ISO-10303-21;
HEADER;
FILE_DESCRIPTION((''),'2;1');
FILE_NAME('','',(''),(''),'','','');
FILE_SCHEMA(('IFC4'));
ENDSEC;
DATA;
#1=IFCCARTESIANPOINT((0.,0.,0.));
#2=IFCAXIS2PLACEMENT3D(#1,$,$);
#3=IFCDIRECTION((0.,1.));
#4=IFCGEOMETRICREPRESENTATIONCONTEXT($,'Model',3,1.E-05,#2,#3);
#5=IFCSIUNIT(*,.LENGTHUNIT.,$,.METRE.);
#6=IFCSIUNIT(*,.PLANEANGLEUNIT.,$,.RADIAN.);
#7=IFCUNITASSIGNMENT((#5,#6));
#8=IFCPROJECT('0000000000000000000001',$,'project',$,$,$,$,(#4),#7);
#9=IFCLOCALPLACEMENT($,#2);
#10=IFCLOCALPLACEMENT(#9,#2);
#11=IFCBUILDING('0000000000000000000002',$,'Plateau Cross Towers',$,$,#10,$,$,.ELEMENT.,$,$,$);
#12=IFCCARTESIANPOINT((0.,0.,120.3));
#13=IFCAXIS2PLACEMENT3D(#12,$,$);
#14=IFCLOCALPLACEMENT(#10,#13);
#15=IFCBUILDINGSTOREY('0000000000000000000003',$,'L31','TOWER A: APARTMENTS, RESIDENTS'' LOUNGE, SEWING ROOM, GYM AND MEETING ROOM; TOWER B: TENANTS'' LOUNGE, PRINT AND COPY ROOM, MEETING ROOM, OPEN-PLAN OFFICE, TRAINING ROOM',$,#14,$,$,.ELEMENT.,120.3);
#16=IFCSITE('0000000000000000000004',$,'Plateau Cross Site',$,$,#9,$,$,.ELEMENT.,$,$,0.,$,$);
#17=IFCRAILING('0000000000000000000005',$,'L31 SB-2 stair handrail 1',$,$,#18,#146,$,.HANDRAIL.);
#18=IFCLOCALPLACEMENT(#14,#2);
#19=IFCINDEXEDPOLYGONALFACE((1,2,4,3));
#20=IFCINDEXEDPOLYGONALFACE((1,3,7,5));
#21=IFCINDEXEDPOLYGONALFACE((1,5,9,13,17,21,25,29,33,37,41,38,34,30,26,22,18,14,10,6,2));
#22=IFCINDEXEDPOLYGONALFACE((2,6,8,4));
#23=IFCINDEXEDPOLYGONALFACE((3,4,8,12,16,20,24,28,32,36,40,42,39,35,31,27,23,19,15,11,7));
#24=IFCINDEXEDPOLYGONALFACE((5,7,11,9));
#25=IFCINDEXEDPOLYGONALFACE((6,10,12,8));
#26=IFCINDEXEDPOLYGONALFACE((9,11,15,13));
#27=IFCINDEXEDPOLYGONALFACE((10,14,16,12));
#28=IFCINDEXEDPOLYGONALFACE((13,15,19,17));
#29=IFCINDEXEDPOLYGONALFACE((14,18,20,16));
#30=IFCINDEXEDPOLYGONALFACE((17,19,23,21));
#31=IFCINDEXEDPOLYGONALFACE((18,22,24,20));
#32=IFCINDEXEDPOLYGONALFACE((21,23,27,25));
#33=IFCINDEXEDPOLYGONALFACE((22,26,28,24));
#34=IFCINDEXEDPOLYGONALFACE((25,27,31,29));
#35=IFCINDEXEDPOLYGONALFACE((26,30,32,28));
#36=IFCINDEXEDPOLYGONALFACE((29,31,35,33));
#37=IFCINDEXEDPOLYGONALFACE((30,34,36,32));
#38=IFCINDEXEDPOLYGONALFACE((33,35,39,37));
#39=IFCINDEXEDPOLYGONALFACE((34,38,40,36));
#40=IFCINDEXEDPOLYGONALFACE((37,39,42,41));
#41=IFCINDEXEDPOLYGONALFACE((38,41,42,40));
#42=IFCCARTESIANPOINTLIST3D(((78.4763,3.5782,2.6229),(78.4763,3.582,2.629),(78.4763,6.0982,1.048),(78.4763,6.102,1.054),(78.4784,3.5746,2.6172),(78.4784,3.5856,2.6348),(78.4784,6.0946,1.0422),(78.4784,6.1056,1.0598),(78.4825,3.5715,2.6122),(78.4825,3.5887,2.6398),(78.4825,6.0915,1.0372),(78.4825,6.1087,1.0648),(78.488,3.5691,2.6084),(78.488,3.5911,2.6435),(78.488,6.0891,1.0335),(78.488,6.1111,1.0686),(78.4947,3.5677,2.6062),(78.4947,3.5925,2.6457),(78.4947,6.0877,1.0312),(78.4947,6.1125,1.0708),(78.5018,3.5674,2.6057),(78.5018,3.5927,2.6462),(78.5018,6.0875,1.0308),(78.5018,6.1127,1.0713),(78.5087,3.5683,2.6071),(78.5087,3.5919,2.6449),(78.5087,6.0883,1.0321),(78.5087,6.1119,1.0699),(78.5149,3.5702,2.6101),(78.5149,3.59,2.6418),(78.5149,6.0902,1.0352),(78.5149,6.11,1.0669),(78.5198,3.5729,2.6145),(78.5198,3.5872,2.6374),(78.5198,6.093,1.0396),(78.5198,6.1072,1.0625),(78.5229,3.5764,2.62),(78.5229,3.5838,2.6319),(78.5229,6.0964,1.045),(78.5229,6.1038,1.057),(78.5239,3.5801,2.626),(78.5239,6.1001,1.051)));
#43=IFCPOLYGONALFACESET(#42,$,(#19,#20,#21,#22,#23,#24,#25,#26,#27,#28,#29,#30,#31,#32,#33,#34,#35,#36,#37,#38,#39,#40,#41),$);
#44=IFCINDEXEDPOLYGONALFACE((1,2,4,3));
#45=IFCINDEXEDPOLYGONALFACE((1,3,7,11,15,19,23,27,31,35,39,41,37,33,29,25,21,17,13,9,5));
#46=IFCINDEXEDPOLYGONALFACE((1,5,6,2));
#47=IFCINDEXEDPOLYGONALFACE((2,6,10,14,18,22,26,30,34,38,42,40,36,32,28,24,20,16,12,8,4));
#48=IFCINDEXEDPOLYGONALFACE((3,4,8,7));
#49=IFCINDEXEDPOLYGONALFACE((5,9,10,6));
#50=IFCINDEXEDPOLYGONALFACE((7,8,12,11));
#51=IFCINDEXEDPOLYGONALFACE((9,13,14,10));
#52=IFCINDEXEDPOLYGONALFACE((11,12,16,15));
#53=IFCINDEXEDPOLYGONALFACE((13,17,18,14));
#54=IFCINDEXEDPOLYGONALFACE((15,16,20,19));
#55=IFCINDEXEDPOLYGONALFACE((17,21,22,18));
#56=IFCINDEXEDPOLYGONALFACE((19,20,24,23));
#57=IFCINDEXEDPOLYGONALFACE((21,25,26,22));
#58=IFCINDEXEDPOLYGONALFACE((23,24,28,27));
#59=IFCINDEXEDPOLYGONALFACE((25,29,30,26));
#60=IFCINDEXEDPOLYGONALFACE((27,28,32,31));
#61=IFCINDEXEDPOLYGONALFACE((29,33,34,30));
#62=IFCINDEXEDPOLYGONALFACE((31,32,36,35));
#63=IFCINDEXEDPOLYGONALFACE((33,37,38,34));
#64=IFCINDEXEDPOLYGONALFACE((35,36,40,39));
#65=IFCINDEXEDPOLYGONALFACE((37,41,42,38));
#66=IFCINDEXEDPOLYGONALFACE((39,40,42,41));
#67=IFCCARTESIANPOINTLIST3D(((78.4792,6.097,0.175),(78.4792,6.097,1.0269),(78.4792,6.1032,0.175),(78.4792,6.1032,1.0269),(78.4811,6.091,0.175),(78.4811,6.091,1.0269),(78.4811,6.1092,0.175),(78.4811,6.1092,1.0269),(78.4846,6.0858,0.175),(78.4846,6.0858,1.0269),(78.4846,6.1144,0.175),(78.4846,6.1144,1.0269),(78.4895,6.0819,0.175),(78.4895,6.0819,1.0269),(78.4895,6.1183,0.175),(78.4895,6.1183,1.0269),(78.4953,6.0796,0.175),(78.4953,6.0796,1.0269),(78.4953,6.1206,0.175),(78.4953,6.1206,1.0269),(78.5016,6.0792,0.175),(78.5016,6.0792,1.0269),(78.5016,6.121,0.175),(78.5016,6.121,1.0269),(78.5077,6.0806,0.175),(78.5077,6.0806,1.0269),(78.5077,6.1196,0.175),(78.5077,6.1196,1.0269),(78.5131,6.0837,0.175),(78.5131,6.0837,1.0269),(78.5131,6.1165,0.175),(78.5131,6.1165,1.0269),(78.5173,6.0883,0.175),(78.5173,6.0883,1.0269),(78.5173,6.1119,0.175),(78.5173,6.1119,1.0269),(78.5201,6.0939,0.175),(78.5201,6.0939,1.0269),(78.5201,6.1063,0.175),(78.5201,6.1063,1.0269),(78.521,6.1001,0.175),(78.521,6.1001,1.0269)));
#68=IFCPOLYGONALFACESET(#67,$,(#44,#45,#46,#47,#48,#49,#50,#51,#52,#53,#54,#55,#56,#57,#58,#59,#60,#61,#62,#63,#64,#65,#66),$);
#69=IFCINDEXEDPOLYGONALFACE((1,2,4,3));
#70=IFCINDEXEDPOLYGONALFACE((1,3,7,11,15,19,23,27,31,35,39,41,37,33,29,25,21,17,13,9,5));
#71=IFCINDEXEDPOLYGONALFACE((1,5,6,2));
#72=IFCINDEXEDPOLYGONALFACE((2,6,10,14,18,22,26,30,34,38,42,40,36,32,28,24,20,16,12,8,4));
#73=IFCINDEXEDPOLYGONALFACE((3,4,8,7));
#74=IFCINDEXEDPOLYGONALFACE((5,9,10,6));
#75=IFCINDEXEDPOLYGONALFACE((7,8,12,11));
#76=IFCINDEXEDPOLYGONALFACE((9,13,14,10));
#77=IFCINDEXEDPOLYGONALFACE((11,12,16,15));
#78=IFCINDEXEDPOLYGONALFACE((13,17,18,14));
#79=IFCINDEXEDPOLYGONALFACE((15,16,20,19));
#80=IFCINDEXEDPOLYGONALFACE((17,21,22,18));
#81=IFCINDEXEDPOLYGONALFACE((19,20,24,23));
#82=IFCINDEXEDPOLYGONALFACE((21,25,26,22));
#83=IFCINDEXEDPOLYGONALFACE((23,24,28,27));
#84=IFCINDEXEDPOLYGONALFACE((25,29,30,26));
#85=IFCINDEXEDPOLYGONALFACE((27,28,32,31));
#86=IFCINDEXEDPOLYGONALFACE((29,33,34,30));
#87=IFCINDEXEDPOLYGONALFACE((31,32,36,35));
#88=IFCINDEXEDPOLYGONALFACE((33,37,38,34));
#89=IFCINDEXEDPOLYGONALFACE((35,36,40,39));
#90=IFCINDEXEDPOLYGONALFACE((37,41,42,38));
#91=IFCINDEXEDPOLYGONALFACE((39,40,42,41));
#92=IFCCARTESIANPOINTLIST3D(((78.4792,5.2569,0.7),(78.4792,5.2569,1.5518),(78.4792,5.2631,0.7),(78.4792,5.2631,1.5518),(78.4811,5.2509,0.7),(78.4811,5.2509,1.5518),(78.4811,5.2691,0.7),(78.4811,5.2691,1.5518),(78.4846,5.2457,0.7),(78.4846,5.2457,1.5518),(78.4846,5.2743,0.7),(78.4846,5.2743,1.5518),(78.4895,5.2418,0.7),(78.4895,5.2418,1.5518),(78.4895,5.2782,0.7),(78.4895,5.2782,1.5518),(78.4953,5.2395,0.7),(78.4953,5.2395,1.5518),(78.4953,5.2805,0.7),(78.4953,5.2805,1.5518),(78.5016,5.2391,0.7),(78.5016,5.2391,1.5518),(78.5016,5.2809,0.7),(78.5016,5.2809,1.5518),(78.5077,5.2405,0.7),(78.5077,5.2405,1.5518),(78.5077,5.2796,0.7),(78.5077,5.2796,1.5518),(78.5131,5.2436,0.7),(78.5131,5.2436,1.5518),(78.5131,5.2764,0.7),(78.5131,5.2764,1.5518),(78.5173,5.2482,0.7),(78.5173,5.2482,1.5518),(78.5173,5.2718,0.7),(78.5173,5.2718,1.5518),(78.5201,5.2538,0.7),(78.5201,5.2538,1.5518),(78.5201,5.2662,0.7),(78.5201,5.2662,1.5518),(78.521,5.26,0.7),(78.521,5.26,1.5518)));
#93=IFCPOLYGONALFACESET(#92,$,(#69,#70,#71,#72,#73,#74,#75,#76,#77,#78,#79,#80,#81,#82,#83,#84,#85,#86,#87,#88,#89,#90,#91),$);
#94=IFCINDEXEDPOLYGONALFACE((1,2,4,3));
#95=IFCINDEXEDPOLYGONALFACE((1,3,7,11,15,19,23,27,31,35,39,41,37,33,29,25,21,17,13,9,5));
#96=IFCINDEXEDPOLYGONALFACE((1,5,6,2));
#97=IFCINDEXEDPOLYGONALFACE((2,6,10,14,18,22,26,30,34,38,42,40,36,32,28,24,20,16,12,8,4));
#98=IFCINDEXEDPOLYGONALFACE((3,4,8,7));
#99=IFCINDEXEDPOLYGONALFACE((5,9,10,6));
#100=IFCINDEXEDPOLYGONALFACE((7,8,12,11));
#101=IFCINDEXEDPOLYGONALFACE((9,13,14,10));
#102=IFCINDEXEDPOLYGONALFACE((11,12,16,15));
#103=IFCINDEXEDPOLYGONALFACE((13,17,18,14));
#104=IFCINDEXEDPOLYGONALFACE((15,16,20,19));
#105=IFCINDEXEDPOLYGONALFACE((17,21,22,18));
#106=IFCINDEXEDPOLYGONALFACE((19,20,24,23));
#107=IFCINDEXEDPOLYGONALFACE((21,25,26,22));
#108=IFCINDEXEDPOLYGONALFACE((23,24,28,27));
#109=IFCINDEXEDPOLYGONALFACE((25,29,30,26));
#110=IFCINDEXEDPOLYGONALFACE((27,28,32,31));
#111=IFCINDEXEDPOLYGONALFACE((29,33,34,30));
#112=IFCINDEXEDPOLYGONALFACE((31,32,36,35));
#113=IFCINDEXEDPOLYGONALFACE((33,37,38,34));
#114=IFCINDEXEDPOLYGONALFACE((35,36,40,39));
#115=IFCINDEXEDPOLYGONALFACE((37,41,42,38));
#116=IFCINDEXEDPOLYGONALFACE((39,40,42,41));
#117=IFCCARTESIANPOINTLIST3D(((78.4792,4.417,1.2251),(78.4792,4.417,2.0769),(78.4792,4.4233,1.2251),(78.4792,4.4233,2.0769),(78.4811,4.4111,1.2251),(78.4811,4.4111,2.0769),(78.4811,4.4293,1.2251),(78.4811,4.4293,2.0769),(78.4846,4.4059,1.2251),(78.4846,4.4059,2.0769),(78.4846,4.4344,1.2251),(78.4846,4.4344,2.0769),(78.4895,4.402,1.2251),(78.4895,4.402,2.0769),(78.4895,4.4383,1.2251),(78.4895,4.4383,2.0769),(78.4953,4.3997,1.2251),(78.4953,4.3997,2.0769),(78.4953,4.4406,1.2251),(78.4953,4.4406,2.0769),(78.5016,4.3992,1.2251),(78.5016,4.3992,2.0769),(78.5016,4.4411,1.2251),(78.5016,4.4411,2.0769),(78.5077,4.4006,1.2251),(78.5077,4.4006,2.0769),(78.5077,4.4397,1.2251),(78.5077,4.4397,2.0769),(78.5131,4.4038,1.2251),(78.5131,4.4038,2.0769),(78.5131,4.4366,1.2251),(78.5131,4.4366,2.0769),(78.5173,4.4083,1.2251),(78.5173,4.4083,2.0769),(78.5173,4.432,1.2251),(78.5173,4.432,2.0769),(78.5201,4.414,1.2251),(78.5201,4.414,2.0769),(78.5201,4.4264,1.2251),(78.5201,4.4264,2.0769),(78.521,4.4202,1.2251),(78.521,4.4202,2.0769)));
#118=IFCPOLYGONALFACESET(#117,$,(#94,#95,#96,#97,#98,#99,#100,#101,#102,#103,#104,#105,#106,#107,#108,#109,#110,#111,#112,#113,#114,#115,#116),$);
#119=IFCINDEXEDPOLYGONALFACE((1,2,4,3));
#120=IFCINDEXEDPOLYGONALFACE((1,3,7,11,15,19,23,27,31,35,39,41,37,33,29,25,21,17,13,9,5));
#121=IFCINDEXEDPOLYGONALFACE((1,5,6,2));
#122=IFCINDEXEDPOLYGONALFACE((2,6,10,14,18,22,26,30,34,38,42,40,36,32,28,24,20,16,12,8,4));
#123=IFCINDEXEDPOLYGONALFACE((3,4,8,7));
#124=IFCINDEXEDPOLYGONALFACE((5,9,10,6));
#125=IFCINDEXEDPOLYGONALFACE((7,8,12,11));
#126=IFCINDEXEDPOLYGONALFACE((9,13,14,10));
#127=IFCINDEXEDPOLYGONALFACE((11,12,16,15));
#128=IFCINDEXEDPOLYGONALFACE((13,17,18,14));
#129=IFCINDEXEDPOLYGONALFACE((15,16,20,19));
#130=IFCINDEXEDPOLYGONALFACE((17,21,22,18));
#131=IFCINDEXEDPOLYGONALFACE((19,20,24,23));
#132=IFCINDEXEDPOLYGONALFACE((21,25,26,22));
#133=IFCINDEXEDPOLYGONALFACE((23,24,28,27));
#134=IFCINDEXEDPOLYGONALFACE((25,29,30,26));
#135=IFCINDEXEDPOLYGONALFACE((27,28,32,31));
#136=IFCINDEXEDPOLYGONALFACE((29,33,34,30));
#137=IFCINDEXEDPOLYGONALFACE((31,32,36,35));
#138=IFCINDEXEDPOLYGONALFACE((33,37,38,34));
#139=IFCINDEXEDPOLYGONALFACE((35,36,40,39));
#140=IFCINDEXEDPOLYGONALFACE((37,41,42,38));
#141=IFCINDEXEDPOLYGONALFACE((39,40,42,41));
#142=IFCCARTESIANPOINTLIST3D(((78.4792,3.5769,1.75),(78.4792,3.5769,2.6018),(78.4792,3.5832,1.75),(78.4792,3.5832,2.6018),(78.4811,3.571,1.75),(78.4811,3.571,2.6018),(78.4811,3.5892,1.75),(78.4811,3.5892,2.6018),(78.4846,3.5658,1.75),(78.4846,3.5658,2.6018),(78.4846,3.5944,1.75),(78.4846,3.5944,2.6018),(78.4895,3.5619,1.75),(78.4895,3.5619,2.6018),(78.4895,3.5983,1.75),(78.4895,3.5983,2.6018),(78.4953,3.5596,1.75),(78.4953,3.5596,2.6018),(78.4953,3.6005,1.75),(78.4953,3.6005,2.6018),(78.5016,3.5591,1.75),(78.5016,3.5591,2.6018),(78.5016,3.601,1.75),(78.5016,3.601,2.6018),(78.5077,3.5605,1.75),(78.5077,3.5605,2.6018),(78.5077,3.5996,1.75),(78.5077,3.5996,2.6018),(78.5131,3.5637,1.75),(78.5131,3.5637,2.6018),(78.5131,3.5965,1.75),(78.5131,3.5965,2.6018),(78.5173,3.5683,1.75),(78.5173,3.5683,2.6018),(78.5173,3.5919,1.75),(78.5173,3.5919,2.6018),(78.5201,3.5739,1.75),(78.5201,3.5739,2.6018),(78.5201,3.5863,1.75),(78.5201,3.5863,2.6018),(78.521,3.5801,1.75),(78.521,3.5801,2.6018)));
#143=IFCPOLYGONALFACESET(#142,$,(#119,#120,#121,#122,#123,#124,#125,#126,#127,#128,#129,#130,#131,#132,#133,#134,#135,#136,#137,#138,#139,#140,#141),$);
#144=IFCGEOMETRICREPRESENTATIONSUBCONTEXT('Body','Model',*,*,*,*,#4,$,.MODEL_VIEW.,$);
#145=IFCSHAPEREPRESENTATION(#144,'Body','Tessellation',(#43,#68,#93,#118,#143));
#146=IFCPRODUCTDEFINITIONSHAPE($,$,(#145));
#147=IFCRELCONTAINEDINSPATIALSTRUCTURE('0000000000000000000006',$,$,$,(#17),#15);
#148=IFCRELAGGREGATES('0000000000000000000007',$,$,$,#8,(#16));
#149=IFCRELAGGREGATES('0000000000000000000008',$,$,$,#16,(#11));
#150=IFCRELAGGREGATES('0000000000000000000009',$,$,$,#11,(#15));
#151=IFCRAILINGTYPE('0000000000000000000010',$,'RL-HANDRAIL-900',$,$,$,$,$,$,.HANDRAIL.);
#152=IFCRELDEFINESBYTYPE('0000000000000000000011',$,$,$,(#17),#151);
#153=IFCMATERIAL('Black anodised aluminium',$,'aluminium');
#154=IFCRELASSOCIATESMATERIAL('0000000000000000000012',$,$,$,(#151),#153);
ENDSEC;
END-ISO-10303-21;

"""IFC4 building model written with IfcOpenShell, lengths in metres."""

from ifc_helpers import new_model, si_unit, direction, frame, origin, origin_2d, place, context, subcontext, project, spatial, circle, extrude, material, type_object, element, save


model = new_model("IFC4")

# Units and contexts
model_context = context("Model", 3, precision=1e-05, world=origin(), true_north=direction((0.0, 1.0)))
body_context = subcontext(model_context, "Body", "Model", "MODEL_VIEW")
ifc_project = project(units=[si_unit("LENGTHUNIT", "METRE"), si_unit("PLANEANGLEUNIT", "RADIAN")], contexts=[model_context])

# Site, building, storey
site_placement = place(None, origin())
site = spatial("IfcSite", under=ifc_project, at=site_placement, Name="Plateau Cross Site", CompositionType="ELEMENT", RefElevation=0.0)
building_placement = place(site_placement, origin())
building = spatial("IfcBuilding", under=site, at=building_placement, Name="Plateau Cross Towers", CompositionType="ELEMENT")
storey_placement = place(building_placement, frame((0.0, 0.0, 120.3)))
storey = spatial("IfcBuildingStorey", under=building, at=storey_placement, Name="L31", Description="TOWER A: APARTMENTS, RESIDENTS' LOUNGE, SEWING ROOM, GYM AND MEETING ROOM; TOWER B: TENANTS' LOUNGE, PRINT AND COPY ROOM, MEETING ROOM, OPEN-PLAN OFFICE, TRAINING ROOM", CompositionType="ELEMENT", Elevation=120.3)

# Railing
ifc_material_1 = material(Name="Black anodised aluminium", Category="aluminium")
railing_type_1 = type_object("IfcRailingType", Name="RL-HANDRAIL-900", PredefinedType="HANDRAIL", material=ifc_material_1)
railing_1_placement = place(storey_placement, frame((78.5, 6.1001, 0.175)))
element("IfcRailing", 1, at=railing_1_placement, inside=storey, type_object=railing_type_1, Name="L31 SB-2 stair handrail 1", PredefinedType="HANDRAIL", context=body_context, shape_type="SweptSolid", body=[
    extrude(circle(Radius=0.0239, at=origin_2d()), frame((0.0, 0.0, 0.876), z_axis=(0.0, -0.848008, 0.529984), x_axis=(1.0, 0.0, 0.0)), (0.0, 0.0, 1.0), 2.9717),
    extrude(circle(Radius=0.021, at=origin_2d()), origin(), (0.0, 0.0, 1.0), 0.8518),
    extrude(circle(Radius=0.021, at=origin_2d()), frame((0.0, -0.8401, 0.5249)), (0.0, 0.0, 1.0), 0.8518),
    extrude(circle(Radius=0.021, at=origin_2d()), frame((0.0, -1.6799, 1.05)), (0.0, 0.0, 1.0), 0.8518),
    extrude(circle(Radius=0.021, at=origin_2d()), frame((0.0, -2.52, 1.575)), (0.0, 0.0, 1.0), 0.8518),
])

save(model, "model.ifc")
